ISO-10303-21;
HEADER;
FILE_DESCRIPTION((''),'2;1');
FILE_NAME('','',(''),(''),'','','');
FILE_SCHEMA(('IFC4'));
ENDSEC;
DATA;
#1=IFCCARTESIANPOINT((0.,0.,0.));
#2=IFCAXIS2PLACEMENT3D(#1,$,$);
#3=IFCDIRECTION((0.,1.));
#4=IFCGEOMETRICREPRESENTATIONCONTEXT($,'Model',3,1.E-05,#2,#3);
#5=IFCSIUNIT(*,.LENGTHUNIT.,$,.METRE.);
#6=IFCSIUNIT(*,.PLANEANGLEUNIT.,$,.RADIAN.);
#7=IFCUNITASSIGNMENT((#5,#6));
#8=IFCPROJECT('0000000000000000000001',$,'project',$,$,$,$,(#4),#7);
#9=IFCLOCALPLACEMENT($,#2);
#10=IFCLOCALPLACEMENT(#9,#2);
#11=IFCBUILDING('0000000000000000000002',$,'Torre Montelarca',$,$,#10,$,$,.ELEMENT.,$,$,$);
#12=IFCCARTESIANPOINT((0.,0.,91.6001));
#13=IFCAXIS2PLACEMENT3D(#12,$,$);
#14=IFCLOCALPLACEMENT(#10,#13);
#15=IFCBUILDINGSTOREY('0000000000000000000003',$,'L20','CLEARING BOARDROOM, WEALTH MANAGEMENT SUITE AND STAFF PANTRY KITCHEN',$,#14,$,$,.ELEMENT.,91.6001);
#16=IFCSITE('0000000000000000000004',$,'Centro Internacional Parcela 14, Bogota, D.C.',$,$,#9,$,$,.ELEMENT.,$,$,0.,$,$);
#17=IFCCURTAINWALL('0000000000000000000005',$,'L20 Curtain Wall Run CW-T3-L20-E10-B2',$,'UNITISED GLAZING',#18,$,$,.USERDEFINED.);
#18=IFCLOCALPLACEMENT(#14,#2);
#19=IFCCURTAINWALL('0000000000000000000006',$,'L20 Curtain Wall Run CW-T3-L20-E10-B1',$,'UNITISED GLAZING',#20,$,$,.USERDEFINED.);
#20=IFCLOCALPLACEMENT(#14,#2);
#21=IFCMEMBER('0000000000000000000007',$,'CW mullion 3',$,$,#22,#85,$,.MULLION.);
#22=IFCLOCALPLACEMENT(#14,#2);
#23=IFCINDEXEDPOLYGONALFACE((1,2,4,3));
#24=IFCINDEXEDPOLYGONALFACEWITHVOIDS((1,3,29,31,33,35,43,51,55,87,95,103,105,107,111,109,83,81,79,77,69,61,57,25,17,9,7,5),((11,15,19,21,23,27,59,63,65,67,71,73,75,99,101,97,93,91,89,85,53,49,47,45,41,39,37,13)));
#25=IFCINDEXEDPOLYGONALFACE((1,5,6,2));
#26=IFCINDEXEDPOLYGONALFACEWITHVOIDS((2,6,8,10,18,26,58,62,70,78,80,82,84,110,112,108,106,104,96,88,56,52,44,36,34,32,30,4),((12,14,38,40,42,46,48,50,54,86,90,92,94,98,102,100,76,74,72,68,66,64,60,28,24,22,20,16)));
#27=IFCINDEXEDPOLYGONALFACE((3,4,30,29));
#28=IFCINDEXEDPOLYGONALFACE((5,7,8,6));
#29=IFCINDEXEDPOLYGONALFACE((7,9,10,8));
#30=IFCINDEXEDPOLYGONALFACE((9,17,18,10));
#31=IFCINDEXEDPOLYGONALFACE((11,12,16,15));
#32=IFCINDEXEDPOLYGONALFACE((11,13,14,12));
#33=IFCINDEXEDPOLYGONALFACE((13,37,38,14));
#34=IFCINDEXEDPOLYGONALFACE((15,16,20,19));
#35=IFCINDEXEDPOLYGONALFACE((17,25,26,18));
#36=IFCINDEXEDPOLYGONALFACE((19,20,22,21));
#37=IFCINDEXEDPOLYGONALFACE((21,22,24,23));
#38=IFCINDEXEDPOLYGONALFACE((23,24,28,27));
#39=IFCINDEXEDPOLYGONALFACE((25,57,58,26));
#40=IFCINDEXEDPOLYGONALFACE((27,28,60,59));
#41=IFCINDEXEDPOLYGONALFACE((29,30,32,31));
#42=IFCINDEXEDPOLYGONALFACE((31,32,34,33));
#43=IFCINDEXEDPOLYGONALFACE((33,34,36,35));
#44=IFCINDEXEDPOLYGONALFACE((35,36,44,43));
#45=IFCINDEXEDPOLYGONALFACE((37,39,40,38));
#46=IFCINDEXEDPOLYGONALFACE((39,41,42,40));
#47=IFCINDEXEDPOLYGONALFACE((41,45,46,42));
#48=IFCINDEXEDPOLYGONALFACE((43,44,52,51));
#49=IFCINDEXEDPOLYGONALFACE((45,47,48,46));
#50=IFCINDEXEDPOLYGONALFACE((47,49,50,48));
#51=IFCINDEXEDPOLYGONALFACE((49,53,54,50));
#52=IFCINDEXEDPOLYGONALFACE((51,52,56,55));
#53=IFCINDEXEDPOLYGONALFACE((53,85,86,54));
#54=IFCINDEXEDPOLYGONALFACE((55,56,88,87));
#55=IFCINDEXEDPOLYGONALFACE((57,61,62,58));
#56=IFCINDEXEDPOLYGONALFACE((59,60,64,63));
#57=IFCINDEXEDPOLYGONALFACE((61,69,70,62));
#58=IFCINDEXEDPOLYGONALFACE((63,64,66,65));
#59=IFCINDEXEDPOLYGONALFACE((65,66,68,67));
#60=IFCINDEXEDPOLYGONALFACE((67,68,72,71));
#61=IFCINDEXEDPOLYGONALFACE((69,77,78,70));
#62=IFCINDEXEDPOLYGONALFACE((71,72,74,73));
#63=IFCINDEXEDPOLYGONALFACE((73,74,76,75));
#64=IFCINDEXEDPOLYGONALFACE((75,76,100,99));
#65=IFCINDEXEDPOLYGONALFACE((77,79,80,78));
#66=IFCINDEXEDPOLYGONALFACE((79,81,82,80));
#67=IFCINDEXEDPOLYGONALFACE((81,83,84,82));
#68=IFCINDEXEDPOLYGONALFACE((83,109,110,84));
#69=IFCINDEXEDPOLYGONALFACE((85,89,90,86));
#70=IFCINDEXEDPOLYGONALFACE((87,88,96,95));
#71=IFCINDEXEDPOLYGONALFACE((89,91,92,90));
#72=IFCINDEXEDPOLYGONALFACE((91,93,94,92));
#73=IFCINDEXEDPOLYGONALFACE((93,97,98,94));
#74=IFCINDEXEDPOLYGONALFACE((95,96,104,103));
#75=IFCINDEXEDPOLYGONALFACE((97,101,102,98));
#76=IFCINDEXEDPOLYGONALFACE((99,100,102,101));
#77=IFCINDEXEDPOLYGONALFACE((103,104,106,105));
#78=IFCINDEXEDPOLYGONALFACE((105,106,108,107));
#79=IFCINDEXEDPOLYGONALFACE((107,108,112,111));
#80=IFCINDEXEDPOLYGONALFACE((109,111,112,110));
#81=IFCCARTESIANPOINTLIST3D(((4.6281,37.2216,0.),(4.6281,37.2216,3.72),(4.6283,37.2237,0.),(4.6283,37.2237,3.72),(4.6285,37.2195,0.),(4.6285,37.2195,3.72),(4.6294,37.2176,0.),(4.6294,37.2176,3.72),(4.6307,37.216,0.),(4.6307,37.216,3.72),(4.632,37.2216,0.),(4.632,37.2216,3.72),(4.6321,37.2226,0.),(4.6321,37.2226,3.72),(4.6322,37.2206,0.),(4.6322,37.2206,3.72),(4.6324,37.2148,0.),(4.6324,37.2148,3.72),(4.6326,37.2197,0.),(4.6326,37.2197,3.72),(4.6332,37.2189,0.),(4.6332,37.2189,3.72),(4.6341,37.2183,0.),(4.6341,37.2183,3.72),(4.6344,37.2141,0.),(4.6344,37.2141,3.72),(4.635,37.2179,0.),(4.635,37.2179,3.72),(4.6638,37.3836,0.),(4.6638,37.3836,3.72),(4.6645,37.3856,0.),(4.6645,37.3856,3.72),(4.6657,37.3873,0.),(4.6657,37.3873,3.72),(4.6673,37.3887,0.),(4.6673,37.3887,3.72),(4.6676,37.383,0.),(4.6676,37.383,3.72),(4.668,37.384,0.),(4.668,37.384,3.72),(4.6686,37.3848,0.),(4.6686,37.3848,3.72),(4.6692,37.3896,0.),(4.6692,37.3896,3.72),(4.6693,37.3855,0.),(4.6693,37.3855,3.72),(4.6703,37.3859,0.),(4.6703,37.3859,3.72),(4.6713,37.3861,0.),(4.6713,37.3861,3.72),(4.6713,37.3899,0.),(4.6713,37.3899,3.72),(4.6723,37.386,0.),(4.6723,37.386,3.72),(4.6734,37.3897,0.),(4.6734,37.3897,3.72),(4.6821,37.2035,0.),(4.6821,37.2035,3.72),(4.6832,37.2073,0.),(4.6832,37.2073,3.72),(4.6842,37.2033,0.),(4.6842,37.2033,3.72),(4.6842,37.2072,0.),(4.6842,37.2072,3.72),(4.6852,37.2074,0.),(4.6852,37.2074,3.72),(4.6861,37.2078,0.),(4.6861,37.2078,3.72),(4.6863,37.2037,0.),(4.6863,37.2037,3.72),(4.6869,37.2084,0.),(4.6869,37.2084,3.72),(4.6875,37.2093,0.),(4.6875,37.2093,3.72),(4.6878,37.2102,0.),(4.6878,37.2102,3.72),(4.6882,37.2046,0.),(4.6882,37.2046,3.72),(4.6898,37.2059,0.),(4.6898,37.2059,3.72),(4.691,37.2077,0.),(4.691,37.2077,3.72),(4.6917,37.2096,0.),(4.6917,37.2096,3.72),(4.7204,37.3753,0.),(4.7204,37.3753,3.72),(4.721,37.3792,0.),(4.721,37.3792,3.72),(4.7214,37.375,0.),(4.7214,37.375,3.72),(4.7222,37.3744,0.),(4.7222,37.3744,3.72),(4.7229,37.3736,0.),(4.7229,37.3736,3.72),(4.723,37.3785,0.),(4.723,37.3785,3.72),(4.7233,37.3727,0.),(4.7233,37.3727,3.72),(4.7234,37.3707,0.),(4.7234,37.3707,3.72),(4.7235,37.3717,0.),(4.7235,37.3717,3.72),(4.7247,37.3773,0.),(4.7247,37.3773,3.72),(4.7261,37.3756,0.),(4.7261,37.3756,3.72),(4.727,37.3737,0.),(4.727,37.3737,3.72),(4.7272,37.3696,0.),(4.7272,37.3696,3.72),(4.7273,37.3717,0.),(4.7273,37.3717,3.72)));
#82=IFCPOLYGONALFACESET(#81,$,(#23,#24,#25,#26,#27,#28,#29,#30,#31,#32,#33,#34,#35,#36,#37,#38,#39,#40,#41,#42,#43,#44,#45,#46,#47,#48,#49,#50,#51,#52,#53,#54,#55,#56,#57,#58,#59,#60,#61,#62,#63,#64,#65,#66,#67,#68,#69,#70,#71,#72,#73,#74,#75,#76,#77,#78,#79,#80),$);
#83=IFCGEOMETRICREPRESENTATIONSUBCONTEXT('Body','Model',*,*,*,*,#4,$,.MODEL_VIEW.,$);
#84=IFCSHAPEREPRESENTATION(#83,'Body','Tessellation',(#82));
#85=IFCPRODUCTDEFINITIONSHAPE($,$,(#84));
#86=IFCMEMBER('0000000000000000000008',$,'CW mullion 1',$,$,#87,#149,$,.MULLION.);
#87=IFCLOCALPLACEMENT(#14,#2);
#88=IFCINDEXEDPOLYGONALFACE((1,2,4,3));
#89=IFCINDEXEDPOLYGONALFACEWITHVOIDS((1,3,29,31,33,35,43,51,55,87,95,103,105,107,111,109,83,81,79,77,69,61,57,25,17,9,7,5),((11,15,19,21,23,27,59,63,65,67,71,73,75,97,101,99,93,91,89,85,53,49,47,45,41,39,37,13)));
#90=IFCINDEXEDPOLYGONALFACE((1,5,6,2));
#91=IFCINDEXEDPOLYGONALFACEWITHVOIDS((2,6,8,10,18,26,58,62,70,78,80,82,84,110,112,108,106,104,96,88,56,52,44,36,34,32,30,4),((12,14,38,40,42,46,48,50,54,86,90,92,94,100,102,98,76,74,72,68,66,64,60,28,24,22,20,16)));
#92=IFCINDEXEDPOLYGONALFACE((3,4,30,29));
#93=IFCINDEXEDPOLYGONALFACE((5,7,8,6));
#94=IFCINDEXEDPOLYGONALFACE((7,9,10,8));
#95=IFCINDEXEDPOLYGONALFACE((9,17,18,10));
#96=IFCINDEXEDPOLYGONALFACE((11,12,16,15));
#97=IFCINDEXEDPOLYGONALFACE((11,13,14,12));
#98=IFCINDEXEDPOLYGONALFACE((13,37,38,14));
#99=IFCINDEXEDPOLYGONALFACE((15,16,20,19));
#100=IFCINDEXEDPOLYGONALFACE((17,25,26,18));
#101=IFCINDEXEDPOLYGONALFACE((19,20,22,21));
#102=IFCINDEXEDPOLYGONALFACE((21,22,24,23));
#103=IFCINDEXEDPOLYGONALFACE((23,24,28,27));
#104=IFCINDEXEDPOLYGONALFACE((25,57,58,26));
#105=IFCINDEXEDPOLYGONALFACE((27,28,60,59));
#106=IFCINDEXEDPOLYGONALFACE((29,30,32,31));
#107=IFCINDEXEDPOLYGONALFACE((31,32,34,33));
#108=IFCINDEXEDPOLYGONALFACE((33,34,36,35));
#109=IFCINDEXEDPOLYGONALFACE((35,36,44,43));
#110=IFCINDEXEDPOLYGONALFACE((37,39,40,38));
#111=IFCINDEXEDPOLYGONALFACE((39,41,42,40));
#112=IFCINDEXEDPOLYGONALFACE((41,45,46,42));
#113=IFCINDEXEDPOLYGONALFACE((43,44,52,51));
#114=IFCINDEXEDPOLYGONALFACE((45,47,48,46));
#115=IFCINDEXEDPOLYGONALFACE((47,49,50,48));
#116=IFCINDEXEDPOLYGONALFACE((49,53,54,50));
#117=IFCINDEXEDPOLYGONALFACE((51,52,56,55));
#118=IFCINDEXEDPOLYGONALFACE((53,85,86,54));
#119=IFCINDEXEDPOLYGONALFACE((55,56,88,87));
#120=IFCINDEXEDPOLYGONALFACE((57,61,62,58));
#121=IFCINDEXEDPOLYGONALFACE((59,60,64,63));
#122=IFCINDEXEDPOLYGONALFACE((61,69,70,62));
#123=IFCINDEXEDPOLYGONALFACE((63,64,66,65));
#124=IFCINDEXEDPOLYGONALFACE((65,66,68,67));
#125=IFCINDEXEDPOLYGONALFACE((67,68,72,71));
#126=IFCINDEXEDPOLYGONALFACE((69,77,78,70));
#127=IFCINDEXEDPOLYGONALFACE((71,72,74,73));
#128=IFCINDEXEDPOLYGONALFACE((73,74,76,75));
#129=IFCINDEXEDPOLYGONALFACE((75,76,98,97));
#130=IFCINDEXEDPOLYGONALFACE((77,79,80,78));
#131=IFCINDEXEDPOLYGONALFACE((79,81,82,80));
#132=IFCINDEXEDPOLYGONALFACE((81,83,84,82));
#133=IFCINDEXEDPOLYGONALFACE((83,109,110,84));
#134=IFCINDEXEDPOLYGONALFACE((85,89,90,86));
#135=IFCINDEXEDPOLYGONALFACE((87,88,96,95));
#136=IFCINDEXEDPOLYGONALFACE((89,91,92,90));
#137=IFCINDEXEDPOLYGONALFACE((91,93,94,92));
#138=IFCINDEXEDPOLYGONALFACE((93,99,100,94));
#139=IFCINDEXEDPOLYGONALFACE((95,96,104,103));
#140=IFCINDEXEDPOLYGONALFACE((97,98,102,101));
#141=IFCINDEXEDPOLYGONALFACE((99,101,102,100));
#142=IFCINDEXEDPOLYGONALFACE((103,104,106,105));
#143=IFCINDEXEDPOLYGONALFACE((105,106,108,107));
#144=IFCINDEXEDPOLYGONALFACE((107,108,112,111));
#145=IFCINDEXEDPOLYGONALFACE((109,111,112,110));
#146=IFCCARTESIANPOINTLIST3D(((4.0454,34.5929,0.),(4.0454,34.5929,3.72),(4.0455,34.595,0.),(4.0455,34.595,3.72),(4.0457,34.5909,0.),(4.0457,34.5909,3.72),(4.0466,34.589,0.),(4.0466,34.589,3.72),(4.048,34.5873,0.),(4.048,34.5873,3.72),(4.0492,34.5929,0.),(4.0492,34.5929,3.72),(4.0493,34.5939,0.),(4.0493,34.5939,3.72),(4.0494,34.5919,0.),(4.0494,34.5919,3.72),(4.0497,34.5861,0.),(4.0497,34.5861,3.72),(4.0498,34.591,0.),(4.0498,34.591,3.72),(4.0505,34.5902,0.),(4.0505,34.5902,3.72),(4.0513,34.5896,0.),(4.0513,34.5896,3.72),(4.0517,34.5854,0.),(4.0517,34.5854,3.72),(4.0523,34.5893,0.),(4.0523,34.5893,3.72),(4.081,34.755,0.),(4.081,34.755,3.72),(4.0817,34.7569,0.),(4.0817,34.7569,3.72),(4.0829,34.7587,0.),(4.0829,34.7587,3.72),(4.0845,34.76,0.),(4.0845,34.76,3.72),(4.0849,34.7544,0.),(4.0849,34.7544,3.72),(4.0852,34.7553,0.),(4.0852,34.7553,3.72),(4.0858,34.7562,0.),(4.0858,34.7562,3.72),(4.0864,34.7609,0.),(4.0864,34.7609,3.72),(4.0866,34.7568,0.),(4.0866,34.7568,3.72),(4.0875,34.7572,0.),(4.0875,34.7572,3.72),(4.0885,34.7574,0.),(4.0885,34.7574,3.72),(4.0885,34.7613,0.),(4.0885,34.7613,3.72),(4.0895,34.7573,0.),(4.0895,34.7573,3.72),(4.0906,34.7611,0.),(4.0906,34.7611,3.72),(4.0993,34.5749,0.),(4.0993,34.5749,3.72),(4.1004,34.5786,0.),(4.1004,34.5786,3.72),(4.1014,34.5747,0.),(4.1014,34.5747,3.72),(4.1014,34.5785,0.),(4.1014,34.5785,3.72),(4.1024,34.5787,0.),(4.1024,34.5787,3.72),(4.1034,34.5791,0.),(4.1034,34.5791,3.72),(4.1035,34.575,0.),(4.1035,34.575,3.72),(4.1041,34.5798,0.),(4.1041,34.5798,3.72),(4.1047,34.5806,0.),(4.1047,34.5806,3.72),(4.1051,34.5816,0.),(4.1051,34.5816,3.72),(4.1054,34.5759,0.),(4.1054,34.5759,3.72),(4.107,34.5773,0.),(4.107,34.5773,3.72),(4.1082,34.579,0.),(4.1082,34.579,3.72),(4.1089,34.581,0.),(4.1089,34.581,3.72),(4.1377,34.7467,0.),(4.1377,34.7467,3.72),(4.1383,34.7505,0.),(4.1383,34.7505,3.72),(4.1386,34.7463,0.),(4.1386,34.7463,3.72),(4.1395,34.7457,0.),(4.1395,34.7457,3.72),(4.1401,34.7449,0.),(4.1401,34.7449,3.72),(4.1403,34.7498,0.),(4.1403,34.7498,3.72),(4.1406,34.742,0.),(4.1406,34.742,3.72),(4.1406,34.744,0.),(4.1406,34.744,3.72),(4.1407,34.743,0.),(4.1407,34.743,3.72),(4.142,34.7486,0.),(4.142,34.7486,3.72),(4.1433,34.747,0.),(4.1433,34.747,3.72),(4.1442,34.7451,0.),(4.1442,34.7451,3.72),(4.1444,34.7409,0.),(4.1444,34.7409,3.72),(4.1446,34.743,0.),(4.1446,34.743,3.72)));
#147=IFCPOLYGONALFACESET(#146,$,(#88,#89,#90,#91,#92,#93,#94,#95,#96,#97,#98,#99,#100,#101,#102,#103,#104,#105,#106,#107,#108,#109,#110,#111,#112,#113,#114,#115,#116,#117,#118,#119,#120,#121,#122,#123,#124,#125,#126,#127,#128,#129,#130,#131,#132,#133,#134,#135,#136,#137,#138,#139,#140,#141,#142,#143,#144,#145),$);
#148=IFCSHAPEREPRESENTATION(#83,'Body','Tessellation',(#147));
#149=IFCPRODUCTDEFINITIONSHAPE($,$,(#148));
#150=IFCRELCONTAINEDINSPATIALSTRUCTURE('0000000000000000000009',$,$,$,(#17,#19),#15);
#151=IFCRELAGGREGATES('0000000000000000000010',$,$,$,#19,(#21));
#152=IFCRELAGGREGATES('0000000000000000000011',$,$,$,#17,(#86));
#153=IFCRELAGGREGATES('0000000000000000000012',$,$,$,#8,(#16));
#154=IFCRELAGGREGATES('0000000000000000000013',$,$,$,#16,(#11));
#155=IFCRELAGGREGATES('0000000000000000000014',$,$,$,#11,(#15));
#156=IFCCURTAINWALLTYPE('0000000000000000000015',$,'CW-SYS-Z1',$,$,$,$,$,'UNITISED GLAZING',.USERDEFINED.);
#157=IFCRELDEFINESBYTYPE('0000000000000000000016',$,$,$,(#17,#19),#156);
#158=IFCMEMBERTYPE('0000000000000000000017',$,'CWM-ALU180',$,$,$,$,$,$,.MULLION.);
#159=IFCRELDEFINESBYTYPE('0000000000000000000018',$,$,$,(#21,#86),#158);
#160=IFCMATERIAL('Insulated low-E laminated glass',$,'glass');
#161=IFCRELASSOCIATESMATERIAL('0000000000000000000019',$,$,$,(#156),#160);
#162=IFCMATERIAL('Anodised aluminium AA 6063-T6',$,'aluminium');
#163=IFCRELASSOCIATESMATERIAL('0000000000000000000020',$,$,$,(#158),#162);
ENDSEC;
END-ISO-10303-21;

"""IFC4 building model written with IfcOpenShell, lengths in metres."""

from ifc_helpers import new_model, si_unit, direction, frame, origin, origin_2d, place, context, subcontext, project, spatial, hollow_rectangle, extrude, source, transform, mapped, material, material_profile, profile_set, type_object, element, aggregate, save


model = new_model("IFC4")

# Units and contexts
model_context = context("Model", 3, precision=1e-05, world=origin(), true_north=direction((0.0, 1.0)))
body_context = subcontext(model_context, "Body", "Model", "MODEL_VIEW")
ifc_project = project(units=[si_unit("LENGTHUNIT", "METRE"), si_unit("PLANEANGLEUNIT", "RADIAN")], contexts=[model_context])

# Site, building, storey
site_placement = place(None, origin())
site = spatial("IfcSite", under=ifc_project, at=site_placement, Name="Centro Internacional Parcela 14, Bogota, D.C.", CompositionType="ELEMENT", RefElevation=0.0)
building_placement = place(site_placement, origin())
building = spatial("IfcBuilding", under=site, at=building_placement, Name="Torre Montelarca", CompositionType="ELEMENT")
storey_placement = place(building_placement, frame((0.0, 0.0, 91.6001)))
storey = spatial("IfcBuildingStorey", under=building, at=storey_placement, Name="L20", Description="CLEARING BOARDROOM, WEALTH MANAGEMENT SUITE AND STAFF PANTRY KITCHEN", CompositionType="ELEMENT", Elevation=91.6001)

# Curtain wall
ifc_material_1 = material(Name="Insulated low-E laminated glass", Category="glass")
curtain_wall_type = type_object("IfcCurtainWallType", Name="CW-SYS-Z1", ElementType="UNITISED GLAZING", PredefinedType="USERDEFINED", material=ifc_material_1)
curtain_wall_1_placement = place(storey_placement, origin())
curtain_wall_1 = element("IfcCurtainWall", 1, at=curtain_wall_1_placement, inside=storey, type_object=curtain_wall_type, Name="L20 Curtain Wall Run CW-T3-L20-E10-B2", ObjectType="UNITISED GLAZING", PredefinedType="USERDEFINED")
ifc_material_2 = material(Name="Anodised aluminium AA 6063-T6", Category="aluminium")

# Curtain wall, member
curtain_wall_2_placement = place(storey_placement, origin())
curtain_wall_2 = element("IfcCurtainWall", 2, at=curtain_wall_2_placement, inside=storey, type_object=curtain_wall_type, Name="L20 Curtain Wall Run CW-T3-L20-E10-B1", ObjectType="UNITISED GLAZING", PredefinedType="USERDEFINED")
ifc_material_profile_1 = material_profile(ifc_material_2, hollow_rectangle(XDim=0.0649, YDim=0.1799, WallThickness=0.0039, InnerFilletRadius=0.0039, OuterFilletRadius=0.0081, at=origin_2d()), Name="ALU65X180X4", Category="aluminium")
ifc_profile_set_1 = profile_set([ifc_material_profile_1], Name="Anodised aluminium AA 6063-T6")
member_type_1 = type_object("IfcMemberType", Name="CWM-ALU180", PredefinedType="MULLION", material=ifc_profile_set_1)
shared_shape_1 = source(origin(), body_context, "Body", "SweptSolid", [
    extrude(hollow_rectangle(XDim=0.0649, YDim=0.1799, WallThickness=0.0039, InnerFilletRadius=0.0039, OuterFilletRadius=0.0081, at=origin_2d()), origin(), (0.0, 0.0, 1.0), 3.72),
])
member_1_placement = place(storey_placement, frame((4.6777, 37.2966, 0.0), z_axis=(0.0, 0.0, 1.0), x_axis=(0.976292, -0.216455, 0.0)))
member_1 = element("IfcMember", 3, at=member_1_placement, type_object=member_type_1, Name="CW mullion 3", PredefinedType="MULLION", context=body_context, shape_type="MappedRepresentation", body=[
    mapped(shared_shape_1, transform((0.0, 0.0, 0.0), scale=1.0)),
])
aggregate(curtain_wall_2, [member_1])

# Member
member_2_placement = place(storey_placement, frame((4.095, 34.668, 0.0), z_axis=(0.0, 0.0, 1.0), x_axis=(0.976298, -0.216433, 0.0)))
member_2 = element("IfcMember", 4, at=member_2_placement, type_object=member_type_1, Name="CW mullion 1", PredefinedType="MULLION", context=body_context, shape_type="MappedRepresentation", body=[
    mapped(shared_shape_1, transform((0.0, 0.0, 0.0), scale=1.0)),
])

aggregate(curtain_wall_1, [member_2])

save(model, "model.ifc")
